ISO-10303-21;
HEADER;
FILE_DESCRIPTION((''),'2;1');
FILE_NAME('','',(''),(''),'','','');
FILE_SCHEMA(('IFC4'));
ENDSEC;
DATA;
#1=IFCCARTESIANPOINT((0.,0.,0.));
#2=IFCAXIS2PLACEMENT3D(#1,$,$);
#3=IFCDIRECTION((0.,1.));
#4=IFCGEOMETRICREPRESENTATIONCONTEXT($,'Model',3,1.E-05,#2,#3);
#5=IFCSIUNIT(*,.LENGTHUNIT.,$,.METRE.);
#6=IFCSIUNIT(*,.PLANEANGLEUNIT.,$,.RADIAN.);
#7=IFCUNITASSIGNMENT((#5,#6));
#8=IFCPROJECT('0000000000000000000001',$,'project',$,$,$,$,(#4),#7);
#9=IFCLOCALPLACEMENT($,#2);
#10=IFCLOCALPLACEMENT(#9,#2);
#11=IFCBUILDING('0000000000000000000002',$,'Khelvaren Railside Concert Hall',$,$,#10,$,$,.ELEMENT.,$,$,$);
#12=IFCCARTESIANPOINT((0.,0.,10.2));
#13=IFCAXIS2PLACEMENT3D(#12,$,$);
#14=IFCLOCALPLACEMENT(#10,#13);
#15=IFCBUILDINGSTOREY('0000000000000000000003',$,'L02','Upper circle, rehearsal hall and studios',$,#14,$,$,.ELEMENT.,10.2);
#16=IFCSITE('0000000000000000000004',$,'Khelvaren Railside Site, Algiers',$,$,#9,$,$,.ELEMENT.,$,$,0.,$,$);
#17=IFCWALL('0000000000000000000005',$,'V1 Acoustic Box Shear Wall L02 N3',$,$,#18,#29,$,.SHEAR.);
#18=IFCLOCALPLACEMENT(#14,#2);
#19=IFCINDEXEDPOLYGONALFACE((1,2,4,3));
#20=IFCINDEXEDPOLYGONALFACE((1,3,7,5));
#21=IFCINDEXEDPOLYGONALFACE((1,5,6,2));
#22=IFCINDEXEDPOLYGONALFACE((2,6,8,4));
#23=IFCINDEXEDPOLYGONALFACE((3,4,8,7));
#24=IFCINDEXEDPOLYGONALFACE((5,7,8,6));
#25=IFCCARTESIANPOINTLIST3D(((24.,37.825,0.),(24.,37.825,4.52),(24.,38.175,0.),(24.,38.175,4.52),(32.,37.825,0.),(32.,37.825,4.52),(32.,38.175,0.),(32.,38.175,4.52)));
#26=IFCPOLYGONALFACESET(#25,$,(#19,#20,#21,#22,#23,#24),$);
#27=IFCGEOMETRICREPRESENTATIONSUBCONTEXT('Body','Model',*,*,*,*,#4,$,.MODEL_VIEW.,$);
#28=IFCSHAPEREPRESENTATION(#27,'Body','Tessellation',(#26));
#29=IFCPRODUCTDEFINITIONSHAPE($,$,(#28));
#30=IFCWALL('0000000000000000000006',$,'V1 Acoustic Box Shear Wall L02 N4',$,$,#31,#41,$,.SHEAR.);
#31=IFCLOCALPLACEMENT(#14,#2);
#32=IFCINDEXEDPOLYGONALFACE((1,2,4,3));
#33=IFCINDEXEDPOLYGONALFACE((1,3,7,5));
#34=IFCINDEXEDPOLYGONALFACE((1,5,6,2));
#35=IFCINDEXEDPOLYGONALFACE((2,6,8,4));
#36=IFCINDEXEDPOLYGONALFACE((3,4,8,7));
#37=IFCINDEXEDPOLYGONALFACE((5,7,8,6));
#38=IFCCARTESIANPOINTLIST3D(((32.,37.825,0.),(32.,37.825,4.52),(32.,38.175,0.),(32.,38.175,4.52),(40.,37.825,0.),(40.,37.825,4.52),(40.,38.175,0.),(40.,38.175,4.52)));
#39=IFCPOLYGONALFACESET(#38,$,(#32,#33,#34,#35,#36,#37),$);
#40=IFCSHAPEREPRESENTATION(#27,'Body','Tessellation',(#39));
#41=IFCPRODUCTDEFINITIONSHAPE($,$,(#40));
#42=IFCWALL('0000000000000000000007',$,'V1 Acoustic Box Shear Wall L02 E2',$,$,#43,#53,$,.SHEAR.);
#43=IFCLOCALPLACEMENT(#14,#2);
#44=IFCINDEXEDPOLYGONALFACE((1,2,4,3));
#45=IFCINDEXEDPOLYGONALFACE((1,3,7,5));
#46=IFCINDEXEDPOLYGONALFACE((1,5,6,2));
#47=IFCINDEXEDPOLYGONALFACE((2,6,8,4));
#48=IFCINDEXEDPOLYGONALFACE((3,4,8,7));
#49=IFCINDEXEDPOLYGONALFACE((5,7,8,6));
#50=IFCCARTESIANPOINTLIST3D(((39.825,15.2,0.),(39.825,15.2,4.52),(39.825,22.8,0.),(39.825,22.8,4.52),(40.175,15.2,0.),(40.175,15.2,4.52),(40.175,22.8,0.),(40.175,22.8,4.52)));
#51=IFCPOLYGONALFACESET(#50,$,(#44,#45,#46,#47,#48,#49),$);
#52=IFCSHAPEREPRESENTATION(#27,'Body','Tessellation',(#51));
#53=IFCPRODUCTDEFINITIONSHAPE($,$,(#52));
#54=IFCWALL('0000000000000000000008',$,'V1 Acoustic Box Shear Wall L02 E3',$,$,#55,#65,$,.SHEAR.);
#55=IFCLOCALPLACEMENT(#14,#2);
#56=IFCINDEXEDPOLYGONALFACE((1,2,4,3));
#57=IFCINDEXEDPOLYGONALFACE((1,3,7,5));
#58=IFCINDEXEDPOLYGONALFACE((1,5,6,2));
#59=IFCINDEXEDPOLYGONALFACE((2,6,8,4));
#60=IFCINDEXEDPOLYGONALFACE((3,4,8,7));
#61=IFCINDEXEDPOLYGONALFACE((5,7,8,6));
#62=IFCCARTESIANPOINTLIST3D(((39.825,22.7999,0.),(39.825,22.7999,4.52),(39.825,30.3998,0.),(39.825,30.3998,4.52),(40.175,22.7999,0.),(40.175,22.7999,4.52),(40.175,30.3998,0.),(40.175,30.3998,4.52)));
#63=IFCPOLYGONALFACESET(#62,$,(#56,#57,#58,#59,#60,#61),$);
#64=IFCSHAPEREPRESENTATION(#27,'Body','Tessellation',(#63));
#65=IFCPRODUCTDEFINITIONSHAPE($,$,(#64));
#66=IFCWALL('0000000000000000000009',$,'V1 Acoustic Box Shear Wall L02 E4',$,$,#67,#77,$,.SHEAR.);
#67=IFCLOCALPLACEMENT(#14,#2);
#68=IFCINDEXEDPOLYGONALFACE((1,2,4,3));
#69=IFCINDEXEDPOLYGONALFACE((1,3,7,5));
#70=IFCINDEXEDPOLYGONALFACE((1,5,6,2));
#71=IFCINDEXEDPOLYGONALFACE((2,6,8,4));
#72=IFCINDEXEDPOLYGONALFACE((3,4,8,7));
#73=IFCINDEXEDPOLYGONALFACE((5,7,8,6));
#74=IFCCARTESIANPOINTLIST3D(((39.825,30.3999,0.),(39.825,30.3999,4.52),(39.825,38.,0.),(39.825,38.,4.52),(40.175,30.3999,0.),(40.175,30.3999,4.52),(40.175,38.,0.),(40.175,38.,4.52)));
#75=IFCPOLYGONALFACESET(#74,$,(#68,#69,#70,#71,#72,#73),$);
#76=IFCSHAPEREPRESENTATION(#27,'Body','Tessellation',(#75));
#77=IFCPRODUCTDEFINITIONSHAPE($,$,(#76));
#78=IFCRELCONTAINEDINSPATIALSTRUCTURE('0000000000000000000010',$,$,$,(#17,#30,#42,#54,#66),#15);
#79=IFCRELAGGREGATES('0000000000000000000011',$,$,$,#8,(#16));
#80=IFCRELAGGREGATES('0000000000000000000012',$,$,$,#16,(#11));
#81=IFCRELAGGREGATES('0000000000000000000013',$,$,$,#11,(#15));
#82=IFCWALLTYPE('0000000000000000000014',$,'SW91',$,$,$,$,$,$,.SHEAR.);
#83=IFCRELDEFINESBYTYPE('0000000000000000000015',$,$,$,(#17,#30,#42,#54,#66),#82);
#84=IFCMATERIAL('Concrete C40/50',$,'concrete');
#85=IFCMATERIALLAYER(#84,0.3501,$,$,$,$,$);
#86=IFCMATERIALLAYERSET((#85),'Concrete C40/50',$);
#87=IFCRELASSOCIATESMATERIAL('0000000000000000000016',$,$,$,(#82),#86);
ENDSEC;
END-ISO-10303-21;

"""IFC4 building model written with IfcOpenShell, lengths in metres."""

from ifc_helpers import new_model, si_unit, direction, frame, frame_2d, origin, place, context, subcontext, project, spatial, rectangle, extrude, material, layer, layer_set, type_object, element, save


model = new_model("IFC4")

# Units and contexts
model_context = context("Model", 3, precision=1e-05, world=origin(), true_north=direction((0.0, 1.0)))
body_context = subcontext(model_context, "Body", "Model", "MODEL_VIEW")
ifc_project = project(units=[si_unit("LENGTHUNIT", "METRE"), si_unit("PLANEANGLEUNIT", "RADIAN")], contexts=[model_context])

# Site, building, storey
site_placement = place(None, origin())
site = spatial("IfcSite", under=ifc_project, at=site_placement, Name="Khelvaren Railside Site, Algiers", CompositionType="ELEMENT", RefElevation=0.0)
building_placement = place(site_placement, origin())
building = spatial("IfcBuilding", under=site, at=building_placement, Name="Khelvaren Railside Concert Hall", CompositionType="ELEMENT")
storey_placement = place(building_placement, frame((0.0, 0.0, 10.2)))
storey = spatial("IfcBuildingStorey", under=building, at=storey_placement, Name="L02", Description="Upper circle, rehearsal hall and studios", CompositionType="ELEMENT", Elevation=10.2)

# Shared definitions
ifc_material_1 = material(Name="Concrete C40/50", Category="concrete")

# Walls
ifc_layer_1 = layer(ifc_material_1, 0.3501)
ifc_layer_set_1 = layer_set([ifc_layer_1], Name="Concrete C40/50")
wall_type = type_object("IfcWallType", Name="SW91", PredefinedType="SHEAR", material=ifc_layer_set_1)
for number, where, z_axis, x_axis, name in (
    (1, (24.0, 38.0, 0.0), (0.0, 0.0, 1.0), (1.0, 0.0, 0.0), "V1 Acoustic Box Shear Wall L02 N3"),
    (2, (32.0, 38.0, 0.0), (0.0, 0.0, 1.0), (1.0, 0.0, 0.0), "V1 Acoustic Box Shear Wall L02 N4"),
):
    element("IfcWall", number, at=place(storey_placement, frame(where, z_axis=z_axis, x_axis=x_axis)), inside=storey, type_object=wall_type, Name=name, PredefinedType="SHEAR", context=body_context, shape_type="SweptSolid", body=[
        extrude(rectangle(XDim=8.0, YDim=0.3501, at=frame_2d((4.0, 0.0))), origin(), (0.0, 0.0, 1.0), 4.52),
    ])
wall_1_placement = place(storey_placement, frame((40.0, 15.2, 0.0), z_axis=(0.0, 0.0, 1.0), x_axis=(0.0, 1.0, 0.0)))
element("IfcWall", 3, at=wall_1_placement, inside=storey, type_object=wall_type, Name="V1 Acoustic Box Shear Wall L02 E2", PredefinedType="SHEAR", context=body_context, shape_type="SweptSolid", body=[
    extrude(rectangle(XDim=7.6001, YDim=0.3501, at=frame_2d((3.8, 0.0))), origin(), (0.0, 0.0, 1.0), 4.52),
])
wall_2_placement = place(storey_placement, frame((40.0, 22.8, 0.0), z_axis=(0.0, 0.0, 1.0), x_axis=(0.0, 1.0, 0.0)))
element("IfcWall", 4, at=wall_2_placement, inside=storey, type_object=wall_type, Name="V1 Acoustic Box Shear Wall L02 E3", PredefinedType="SHEAR", context=body_context, shape_type="SweptSolid", body=[
    extrude(rectangle(XDim=7.5999, YDim=0.3501, at=frame_2d((3.7998, 0.0))), origin(), (0.0, 0.0, 1.0), 4.52),
])
wall_3_placement = place(storey_placement, frame((40.0, 30.3999, 0.0), z_axis=(0.0, 0.0, 1.0), x_axis=(0.0, 1.0, 0.0)))
element("IfcWall", 5, at=wall_3_placement, inside=storey, type_object=wall_type, Name="V1 Acoustic Box Shear Wall L02 E4", PredefinedType="SHEAR", context=body_context, shape_type="SweptSolid", body=[
    extrude(rectangle(XDim=7.6001, YDim=0.3501, at=frame_2d((3.8, 0.0))), origin(), (0.0, 0.0, 1.0), 4.52),
])

save(model, "model.ifc")
